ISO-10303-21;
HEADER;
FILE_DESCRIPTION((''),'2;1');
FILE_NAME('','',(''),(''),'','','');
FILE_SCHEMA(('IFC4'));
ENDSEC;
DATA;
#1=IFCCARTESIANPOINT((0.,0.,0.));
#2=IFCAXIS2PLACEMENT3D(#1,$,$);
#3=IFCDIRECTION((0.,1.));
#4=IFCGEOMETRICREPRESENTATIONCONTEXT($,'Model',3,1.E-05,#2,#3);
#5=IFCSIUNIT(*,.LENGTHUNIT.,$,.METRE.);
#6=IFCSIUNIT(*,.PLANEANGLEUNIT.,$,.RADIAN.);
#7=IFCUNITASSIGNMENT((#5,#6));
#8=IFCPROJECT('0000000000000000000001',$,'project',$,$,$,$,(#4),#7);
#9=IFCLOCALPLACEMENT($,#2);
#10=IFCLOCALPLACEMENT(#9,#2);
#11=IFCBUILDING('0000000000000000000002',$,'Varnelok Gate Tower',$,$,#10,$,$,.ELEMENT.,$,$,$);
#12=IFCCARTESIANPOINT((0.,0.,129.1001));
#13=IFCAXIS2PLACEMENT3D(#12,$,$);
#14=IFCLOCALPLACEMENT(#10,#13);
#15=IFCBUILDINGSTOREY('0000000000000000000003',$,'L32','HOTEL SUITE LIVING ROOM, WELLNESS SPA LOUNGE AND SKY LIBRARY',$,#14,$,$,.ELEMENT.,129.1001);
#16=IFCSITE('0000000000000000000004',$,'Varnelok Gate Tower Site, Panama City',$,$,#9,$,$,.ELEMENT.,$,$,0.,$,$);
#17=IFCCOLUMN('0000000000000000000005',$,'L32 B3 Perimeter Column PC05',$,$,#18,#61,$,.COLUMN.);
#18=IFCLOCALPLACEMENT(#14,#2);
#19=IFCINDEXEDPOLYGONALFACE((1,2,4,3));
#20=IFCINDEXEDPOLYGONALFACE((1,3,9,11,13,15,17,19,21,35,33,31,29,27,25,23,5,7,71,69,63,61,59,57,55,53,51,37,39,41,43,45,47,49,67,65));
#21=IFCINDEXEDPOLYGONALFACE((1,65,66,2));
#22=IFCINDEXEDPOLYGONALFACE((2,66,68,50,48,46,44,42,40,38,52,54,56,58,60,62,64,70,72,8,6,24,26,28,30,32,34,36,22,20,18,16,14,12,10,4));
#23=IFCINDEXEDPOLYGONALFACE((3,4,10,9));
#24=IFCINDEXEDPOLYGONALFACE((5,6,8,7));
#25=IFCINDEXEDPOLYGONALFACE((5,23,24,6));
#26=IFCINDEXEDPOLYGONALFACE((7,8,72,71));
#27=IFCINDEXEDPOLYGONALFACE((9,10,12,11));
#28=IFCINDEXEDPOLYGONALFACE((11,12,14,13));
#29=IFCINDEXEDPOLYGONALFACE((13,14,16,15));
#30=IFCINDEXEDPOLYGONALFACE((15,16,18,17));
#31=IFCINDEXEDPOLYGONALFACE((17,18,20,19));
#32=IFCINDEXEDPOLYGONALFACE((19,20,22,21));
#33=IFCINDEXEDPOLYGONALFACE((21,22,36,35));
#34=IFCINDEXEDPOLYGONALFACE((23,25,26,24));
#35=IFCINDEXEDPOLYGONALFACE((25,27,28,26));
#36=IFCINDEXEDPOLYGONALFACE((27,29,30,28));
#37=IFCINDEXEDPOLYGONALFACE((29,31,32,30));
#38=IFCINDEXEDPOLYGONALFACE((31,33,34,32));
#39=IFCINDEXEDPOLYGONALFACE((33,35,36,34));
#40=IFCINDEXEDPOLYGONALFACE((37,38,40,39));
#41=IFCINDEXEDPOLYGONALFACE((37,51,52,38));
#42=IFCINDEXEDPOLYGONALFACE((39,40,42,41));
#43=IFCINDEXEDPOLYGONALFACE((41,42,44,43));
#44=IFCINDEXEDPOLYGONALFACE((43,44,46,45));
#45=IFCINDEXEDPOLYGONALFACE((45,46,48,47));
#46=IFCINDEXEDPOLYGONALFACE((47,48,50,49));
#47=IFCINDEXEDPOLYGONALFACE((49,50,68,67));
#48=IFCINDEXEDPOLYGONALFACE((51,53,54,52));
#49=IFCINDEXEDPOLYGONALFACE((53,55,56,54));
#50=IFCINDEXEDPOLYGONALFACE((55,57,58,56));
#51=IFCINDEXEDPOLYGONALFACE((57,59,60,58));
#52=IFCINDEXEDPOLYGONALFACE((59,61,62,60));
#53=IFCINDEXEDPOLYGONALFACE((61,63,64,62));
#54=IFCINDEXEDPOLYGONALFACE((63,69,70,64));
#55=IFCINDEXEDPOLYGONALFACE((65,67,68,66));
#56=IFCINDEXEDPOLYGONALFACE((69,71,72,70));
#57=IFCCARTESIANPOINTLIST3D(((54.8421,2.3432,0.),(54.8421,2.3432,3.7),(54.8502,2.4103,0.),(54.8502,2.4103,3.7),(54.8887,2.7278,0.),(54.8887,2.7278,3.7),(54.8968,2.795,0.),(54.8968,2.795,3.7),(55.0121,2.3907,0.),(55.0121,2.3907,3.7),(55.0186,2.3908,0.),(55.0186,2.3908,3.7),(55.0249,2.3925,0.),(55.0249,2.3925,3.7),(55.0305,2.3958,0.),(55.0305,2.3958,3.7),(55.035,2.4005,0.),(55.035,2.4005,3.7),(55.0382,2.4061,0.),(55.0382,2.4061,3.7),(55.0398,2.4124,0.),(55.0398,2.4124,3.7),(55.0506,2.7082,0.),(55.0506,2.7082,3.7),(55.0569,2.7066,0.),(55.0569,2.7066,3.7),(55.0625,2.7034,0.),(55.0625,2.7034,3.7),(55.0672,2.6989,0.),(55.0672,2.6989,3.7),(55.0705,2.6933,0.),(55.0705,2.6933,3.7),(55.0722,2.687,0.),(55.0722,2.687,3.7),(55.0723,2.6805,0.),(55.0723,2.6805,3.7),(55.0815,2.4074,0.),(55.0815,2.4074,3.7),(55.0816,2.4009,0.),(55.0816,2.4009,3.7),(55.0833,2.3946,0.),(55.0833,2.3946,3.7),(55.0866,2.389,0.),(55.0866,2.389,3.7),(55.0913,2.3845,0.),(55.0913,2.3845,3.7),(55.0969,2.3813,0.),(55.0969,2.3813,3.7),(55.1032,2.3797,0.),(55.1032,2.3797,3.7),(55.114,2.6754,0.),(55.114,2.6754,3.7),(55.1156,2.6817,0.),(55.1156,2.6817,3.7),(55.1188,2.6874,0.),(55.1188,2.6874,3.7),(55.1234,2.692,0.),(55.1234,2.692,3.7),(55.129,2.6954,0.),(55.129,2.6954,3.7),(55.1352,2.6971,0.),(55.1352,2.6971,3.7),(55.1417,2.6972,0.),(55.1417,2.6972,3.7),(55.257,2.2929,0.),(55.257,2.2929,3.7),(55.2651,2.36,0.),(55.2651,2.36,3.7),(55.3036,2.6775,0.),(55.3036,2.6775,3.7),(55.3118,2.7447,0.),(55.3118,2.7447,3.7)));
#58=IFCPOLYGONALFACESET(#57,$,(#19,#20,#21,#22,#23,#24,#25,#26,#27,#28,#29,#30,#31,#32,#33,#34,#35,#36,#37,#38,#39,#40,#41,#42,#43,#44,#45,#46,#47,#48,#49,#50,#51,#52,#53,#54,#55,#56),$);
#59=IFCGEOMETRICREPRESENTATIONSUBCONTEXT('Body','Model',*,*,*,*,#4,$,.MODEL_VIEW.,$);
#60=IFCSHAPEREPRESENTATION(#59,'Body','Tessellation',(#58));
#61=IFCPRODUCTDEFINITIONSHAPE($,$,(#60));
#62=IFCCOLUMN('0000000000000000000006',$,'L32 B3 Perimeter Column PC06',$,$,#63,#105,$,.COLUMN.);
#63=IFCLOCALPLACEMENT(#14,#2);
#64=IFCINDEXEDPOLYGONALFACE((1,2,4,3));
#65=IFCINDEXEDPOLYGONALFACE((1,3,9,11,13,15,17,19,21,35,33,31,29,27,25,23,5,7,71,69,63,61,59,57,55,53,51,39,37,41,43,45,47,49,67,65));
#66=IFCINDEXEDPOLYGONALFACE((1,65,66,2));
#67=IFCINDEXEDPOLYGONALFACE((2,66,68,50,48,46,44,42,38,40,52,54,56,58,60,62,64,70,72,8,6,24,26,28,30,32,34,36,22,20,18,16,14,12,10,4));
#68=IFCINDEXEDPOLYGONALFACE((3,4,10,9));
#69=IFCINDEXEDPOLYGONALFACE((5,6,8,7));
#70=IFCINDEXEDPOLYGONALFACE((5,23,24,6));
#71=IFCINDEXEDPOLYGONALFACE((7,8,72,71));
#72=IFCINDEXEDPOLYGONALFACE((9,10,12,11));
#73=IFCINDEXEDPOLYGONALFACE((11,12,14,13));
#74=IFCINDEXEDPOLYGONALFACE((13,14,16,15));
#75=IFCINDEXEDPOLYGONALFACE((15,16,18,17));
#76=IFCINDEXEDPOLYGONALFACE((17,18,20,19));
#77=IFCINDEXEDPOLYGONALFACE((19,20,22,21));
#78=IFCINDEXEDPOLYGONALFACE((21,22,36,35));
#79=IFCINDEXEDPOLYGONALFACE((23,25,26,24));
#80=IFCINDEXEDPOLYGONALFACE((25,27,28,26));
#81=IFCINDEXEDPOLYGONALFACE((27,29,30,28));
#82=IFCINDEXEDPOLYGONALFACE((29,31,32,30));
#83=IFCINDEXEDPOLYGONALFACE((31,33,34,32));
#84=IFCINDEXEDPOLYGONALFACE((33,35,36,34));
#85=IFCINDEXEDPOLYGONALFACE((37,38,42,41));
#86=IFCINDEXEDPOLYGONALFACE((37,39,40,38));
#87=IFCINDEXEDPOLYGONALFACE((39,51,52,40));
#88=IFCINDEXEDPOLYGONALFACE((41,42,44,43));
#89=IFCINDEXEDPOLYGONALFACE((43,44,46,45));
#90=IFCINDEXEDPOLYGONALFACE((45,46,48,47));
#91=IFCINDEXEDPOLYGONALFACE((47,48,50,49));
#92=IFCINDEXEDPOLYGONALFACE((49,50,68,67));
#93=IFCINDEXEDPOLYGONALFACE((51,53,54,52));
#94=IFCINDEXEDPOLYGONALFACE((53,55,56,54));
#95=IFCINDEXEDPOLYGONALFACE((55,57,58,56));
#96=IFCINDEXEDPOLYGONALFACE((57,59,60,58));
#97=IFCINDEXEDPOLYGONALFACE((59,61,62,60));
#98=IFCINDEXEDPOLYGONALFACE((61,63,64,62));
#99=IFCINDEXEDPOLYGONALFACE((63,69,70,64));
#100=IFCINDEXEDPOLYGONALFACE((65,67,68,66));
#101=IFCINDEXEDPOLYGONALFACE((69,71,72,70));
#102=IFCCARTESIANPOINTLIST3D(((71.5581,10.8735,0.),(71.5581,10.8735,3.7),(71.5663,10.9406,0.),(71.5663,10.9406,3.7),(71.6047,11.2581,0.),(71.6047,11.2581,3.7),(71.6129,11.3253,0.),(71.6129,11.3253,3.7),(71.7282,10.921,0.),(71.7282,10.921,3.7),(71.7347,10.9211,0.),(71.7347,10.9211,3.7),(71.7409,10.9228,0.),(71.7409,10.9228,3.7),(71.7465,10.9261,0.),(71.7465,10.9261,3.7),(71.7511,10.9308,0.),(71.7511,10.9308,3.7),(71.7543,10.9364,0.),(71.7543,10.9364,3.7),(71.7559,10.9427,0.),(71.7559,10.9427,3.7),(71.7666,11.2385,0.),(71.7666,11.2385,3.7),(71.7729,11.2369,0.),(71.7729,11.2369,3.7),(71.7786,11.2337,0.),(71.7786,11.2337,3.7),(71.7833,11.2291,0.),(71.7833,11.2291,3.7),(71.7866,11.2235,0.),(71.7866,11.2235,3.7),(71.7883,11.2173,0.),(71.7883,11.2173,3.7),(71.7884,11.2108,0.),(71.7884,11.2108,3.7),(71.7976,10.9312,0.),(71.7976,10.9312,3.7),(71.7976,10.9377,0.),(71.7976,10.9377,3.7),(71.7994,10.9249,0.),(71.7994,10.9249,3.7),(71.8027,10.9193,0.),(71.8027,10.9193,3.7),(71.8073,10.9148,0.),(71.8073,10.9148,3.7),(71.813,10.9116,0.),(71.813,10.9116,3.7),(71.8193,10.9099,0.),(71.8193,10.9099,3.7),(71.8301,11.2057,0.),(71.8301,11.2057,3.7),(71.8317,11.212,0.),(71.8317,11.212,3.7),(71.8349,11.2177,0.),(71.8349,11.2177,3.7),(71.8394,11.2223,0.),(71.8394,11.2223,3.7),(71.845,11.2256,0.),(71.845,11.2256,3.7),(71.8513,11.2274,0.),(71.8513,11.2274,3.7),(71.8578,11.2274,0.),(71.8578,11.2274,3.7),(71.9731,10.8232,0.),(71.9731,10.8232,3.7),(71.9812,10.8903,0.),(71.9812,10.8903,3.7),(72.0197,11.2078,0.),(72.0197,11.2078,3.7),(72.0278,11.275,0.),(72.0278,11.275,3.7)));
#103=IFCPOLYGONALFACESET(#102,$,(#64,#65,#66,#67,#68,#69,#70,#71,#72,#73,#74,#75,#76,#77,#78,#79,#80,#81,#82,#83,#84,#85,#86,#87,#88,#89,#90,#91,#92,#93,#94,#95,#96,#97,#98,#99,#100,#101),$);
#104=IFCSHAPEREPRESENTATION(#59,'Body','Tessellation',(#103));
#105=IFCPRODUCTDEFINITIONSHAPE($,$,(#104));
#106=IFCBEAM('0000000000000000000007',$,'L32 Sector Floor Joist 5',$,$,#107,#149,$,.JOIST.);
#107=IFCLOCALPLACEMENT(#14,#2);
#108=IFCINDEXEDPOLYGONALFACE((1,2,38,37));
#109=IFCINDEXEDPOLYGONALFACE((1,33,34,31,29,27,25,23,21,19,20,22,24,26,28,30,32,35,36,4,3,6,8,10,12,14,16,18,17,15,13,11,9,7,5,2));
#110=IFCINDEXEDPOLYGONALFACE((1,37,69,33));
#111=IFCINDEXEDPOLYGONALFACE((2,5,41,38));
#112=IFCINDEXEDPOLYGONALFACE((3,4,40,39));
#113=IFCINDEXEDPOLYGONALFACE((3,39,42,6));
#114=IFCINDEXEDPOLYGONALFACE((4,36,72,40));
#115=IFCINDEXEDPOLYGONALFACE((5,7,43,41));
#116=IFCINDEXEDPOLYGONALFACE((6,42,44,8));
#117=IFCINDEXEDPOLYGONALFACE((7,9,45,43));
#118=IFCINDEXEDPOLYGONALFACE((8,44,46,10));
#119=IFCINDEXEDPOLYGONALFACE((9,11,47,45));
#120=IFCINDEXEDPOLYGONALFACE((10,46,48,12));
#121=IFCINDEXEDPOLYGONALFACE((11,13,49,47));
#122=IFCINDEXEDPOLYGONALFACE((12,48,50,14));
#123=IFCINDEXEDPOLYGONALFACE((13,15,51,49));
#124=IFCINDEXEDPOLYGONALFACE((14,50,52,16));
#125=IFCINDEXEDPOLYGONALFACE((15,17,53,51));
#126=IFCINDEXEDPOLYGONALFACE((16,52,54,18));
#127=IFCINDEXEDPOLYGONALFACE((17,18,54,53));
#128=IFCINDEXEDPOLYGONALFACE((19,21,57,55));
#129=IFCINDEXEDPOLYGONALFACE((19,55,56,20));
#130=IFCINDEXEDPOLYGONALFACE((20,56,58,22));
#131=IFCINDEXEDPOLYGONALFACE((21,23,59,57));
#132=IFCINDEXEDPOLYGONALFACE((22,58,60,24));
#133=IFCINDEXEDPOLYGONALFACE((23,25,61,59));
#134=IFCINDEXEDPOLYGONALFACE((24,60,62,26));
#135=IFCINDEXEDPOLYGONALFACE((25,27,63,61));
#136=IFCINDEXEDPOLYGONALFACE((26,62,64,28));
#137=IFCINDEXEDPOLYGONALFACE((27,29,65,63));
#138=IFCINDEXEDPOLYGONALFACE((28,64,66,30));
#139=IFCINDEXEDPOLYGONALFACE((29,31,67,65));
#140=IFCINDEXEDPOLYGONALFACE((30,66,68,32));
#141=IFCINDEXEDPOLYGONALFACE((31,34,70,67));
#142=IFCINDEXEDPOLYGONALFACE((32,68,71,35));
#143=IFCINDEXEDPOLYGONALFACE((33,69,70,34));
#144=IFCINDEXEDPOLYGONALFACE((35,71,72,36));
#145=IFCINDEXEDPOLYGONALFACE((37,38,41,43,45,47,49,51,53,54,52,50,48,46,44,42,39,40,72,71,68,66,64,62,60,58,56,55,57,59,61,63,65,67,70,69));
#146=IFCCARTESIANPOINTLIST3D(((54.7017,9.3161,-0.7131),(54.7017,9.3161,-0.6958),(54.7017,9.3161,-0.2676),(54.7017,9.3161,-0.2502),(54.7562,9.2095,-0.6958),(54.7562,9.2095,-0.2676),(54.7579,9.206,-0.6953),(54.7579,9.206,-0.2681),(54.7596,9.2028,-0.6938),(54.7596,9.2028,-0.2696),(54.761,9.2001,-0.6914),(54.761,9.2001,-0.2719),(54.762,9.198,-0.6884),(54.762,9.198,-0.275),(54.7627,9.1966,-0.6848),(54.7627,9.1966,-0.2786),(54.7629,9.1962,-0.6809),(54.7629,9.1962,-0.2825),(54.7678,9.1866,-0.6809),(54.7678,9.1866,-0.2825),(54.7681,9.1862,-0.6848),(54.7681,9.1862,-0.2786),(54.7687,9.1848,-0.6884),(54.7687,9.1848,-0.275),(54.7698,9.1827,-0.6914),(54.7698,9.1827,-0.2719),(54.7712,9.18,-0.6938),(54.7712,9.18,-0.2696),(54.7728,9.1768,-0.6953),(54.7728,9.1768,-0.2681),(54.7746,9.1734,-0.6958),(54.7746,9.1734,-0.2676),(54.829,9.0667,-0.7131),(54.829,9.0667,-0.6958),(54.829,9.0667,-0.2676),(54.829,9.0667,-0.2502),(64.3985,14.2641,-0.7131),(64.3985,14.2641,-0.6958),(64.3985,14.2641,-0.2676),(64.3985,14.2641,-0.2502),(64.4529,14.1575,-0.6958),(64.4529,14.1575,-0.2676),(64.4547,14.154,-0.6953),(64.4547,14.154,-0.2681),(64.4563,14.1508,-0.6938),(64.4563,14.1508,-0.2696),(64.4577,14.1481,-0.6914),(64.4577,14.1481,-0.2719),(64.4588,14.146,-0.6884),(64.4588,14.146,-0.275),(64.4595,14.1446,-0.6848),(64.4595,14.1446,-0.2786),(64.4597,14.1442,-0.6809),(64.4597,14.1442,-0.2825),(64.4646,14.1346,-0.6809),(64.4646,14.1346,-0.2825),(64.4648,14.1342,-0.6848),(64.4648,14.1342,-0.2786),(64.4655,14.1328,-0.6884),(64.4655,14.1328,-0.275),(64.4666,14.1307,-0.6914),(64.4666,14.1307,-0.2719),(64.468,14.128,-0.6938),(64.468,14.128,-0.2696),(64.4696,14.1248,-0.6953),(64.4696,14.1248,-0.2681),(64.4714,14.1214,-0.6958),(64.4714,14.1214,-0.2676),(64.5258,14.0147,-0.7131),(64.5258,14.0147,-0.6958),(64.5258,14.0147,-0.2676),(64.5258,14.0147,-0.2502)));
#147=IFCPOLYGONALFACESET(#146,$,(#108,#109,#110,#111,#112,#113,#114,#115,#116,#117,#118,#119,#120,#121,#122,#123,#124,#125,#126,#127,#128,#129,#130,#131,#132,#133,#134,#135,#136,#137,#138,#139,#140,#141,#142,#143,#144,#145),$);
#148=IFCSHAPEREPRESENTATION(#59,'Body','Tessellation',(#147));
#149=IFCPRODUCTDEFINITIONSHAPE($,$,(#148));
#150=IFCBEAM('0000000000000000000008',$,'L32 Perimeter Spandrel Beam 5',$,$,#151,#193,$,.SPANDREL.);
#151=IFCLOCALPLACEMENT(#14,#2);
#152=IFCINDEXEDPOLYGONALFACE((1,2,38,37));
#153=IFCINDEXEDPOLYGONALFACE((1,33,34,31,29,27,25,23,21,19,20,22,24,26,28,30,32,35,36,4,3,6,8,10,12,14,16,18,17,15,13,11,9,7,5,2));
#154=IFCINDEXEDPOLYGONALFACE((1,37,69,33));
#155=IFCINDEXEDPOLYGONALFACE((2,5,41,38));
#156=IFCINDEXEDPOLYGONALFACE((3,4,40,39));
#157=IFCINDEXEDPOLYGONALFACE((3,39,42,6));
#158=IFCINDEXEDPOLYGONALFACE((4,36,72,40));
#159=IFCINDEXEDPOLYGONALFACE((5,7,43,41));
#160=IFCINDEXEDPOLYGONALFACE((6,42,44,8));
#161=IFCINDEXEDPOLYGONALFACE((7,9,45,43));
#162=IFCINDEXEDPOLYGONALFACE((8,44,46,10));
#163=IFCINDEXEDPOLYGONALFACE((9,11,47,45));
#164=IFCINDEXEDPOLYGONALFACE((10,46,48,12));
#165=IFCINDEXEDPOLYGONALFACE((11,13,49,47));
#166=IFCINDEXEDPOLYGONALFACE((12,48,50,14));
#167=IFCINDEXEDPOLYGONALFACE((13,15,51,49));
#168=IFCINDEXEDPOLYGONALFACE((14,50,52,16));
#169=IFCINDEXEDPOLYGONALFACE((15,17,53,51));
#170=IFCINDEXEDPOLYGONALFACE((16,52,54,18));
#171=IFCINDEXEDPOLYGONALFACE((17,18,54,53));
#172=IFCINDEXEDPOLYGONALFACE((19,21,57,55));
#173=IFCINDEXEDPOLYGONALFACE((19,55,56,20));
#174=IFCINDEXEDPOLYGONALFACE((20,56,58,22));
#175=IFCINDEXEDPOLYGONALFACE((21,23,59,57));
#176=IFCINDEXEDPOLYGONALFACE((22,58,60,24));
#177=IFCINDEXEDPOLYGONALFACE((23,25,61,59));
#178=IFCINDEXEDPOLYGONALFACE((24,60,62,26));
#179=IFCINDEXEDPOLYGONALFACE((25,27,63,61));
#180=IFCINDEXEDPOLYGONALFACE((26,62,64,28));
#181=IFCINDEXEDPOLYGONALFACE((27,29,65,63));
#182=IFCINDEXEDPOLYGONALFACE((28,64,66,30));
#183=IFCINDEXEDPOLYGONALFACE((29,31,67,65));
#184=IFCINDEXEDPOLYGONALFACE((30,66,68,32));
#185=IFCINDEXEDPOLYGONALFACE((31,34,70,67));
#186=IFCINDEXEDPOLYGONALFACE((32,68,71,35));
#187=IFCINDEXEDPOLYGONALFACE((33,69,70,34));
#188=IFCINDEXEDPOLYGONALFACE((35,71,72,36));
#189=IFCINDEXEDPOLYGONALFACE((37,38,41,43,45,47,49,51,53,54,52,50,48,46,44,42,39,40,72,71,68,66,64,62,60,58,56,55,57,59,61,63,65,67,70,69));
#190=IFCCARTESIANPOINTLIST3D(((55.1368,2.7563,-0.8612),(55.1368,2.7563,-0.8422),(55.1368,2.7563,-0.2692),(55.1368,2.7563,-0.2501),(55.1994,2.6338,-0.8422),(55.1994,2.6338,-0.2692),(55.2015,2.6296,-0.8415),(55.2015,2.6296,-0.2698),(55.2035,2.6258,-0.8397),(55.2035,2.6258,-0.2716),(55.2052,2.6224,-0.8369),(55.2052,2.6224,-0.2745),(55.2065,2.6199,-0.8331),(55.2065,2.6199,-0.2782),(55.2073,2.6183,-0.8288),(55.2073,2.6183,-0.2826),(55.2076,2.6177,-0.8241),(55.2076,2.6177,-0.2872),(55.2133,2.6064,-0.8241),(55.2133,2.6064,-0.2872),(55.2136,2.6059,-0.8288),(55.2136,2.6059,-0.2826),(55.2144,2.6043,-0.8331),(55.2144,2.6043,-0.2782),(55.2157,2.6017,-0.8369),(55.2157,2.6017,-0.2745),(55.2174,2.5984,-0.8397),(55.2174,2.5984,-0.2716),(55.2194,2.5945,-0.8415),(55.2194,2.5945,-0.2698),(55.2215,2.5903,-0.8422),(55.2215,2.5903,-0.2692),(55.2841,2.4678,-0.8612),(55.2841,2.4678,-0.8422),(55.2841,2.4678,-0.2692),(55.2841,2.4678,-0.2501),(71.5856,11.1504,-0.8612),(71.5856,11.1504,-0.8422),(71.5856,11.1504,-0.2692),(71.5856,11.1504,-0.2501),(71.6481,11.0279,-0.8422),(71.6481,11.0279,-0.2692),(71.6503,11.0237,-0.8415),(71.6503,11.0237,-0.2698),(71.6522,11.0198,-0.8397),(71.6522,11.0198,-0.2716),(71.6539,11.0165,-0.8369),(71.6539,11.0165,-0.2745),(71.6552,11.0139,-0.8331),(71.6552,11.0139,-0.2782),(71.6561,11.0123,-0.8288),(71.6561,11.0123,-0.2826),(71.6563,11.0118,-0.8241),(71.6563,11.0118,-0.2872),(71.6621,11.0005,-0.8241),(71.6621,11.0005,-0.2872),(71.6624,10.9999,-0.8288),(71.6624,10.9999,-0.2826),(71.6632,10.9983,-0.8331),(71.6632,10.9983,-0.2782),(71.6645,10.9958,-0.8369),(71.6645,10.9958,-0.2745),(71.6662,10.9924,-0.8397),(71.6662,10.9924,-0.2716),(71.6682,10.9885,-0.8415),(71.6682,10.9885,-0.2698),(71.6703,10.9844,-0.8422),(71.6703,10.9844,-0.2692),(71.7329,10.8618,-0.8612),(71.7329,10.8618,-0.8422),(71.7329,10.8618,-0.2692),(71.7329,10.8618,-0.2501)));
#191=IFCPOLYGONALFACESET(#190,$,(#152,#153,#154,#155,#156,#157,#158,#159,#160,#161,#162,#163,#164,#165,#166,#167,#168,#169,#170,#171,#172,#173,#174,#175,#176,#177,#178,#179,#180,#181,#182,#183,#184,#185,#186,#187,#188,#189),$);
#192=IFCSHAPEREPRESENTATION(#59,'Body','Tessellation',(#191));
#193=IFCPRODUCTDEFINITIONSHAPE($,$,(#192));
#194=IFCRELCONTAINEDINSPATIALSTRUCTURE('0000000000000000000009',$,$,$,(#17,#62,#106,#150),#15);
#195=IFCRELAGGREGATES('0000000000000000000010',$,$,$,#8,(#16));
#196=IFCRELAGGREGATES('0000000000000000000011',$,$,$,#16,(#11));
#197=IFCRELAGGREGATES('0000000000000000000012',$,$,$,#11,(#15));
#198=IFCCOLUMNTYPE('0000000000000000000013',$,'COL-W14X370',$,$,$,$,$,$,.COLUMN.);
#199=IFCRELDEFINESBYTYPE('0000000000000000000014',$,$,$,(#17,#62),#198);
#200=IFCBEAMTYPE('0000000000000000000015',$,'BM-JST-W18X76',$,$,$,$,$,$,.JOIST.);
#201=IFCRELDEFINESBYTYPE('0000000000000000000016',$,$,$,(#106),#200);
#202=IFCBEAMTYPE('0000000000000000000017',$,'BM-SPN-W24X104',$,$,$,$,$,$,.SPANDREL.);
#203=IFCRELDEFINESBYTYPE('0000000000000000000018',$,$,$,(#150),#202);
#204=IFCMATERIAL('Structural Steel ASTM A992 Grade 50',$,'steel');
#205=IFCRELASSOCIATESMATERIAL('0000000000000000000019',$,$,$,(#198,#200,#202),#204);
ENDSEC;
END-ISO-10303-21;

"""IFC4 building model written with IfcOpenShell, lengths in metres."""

from ifc_helpers import new_model, si_unit, direction, frame, origin, origin_2d, place, context, subcontext, project, spatial, i_section, extrude, material, material_profile, profile_set, type_object, element, save


model = new_model("IFC4")

# Units and contexts
model_context = context("Model", 3, precision=1e-05, world=origin(), true_north=direction((0.0, 1.0)))
body_context = subcontext(model_context, "Body", "Model", "MODEL_VIEW")
ifc_project = project(units=[si_unit("LENGTHUNIT", "METRE"), si_unit("PLANEANGLEUNIT", "RADIAN")], contexts=[model_context])

# Site, building, storey
site_placement = place(None, origin())
site = spatial("IfcSite", under=ifc_project, at=site_placement, Name="Varnelok Gate Tower Site, Panama City", CompositionType="ELEMENT", RefElevation=0.0)
building_placement = place(site_placement, origin())
building = spatial("IfcBuilding", under=site, at=building_placement, Name="Varnelok Gate Tower", CompositionType="ELEMENT")
storey_placement = place(building_placement, frame((0.0, 0.0, 129.1001)))
storey = spatial("IfcBuildingStorey", under=building, at=storey_placement, Name="L32", Description="HOTEL SUITE LIVING ROOM, WELLNESS SPA LOUNGE AND SKY LIBRARY", CompositionType="ELEMENT", Elevation=129.1001)

# Columns
ifc_material_1 = material(Name="Structural Steel ASTM A992 Grade 50", Category="steel")
ifc_material_profile_1 = material_profile(ifc_material_1, i_section(OverallWidth=0.418, OverallDepth=0.4551, WebThickness=0.042, FlangeThickness=0.0676, FilletRadius=0.0249, at=origin_2d()), Name="W14X370")
ifc_profile_set_1 = profile_set([ifc_material_profile_1], Name="Structural Steel ASTM A992 Grade 50")
column_type = type_object("IfcColumnType", Name="COL-W14X370", PredefinedType="COLUMN", material=ifc_profile_set_1)
for number, where, z_axis, x_axis, name in (
    (1, (55.0769, 2.5439, 0.0), (0.0, 0.0, 1.0), (0.992732, -0.120345, 0.0), "L32 B3 Perimeter Column PC05"),
    (2, (71.793, 11.0742, 0.0), (0.0, 0.0, 1.0), (0.992732, -0.120345, 0.0), "L32 B3 Perimeter Column PC06"),
):
    element("IfcColumn", number, at=place(storey_placement, frame(where, z_axis=z_axis, x_axis=x_axis)), inside=storey, type_object=column_type, Name=name, PredefinedType="COLUMN", context=body_context, shape_type="SweptSolid", body=[
        extrude(i_section(OverallWidth=0.418, OverallDepth=0.4551, WebThickness=0.042, FlangeThickness=0.0676, FilletRadius=0.0249, at=origin_2d()), origin(), (0.0, 0.0, 1.0), 3.7),
    ])

# Beams
ifc_material_profile_2 = material_profile(ifc_material_1, i_section(OverallWidth=0.28, OverallDepth=0.4629, WebThickness=0.0107, FlangeThickness=0.0173, FilletRadius=0.0149, at=origin_2d()), Name="W18X76")
ifc_profile_set_2 = profile_set([ifc_material_profile_2], Name="Structural Steel ASTM A992 Grade 50")
beam_type_1 = type_object("IfcBeamType", Name="BM-JST-W18X76", PredefinedType="JOIST", material=ifc_profile_set_2)
beam_1_placement = place(storey_placement, frame((54.7654, 9.1914, -0.4817), z_axis=(0.890737, 0.454519, 0.0), x_axis=(-0.454519, 0.890737, 0.0)))
element("IfcBeam", 3, at=beam_1_placement, inside=storey, type_object=beam_type_1, Name="L32 Sector Floor Joist 5", PredefinedType="JOIST", context=body_context, shape_type="SweptSolid", body=[
    extrude(i_section(OverallWidth=0.28, OverallDepth=0.4629, WebThickness=0.0107, FlangeThickness=0.0173, FilletRadius=0.0149, at=origin_2d()), origin(), (0.0, 0.0, 1.0), 10.8862),
])
ifc_material_profile_3 = material_profile(ifc_material_1, i_section(OverallWidth=0.324, OverallDepth=0.6111, WebThickness=0.0127, FlangeThickness=0.019, FilletRadius=0.0181, at=origin_2d()), Name="W24X104")
ifc_profile_set_3 = profile_set([ifc_material_profile_3], Name="Structural Steel ASTM A992 Grade 50")
beam_type_2 = type_object("IfcBeamType", Name="BM-SPN-W24X104", PredefinedType="SPANDREL", material=ifc_profile_set_3)
beam_2_placement = place(storey_placement, frame((55.2104, 2.6121, -0.5557), z_axis=(0.890722, 0.454549, 0.0), x_axis=(-0.454549, 0.890722, 0.0)))
element("IfcBeam", 4, at=beam_2_placement, inside=storey, type_object=beam_type_2, Name="L32 Perimeter Spandrel Beam 5", PredefinedType="SPANDREL", context=body_context, shape_type="SweptSolid", body=[
    extrude(i_section(OverallWidth=0.324, OverallDepth=0.6111, WebThickness=0.0127, FlangeThickness=0.019, FilletRadius=0.0181, at=origin_2d()), origin(), (0.0, 0.0, 1.0), 18.4668),
])

save(model, "model.ifc")
